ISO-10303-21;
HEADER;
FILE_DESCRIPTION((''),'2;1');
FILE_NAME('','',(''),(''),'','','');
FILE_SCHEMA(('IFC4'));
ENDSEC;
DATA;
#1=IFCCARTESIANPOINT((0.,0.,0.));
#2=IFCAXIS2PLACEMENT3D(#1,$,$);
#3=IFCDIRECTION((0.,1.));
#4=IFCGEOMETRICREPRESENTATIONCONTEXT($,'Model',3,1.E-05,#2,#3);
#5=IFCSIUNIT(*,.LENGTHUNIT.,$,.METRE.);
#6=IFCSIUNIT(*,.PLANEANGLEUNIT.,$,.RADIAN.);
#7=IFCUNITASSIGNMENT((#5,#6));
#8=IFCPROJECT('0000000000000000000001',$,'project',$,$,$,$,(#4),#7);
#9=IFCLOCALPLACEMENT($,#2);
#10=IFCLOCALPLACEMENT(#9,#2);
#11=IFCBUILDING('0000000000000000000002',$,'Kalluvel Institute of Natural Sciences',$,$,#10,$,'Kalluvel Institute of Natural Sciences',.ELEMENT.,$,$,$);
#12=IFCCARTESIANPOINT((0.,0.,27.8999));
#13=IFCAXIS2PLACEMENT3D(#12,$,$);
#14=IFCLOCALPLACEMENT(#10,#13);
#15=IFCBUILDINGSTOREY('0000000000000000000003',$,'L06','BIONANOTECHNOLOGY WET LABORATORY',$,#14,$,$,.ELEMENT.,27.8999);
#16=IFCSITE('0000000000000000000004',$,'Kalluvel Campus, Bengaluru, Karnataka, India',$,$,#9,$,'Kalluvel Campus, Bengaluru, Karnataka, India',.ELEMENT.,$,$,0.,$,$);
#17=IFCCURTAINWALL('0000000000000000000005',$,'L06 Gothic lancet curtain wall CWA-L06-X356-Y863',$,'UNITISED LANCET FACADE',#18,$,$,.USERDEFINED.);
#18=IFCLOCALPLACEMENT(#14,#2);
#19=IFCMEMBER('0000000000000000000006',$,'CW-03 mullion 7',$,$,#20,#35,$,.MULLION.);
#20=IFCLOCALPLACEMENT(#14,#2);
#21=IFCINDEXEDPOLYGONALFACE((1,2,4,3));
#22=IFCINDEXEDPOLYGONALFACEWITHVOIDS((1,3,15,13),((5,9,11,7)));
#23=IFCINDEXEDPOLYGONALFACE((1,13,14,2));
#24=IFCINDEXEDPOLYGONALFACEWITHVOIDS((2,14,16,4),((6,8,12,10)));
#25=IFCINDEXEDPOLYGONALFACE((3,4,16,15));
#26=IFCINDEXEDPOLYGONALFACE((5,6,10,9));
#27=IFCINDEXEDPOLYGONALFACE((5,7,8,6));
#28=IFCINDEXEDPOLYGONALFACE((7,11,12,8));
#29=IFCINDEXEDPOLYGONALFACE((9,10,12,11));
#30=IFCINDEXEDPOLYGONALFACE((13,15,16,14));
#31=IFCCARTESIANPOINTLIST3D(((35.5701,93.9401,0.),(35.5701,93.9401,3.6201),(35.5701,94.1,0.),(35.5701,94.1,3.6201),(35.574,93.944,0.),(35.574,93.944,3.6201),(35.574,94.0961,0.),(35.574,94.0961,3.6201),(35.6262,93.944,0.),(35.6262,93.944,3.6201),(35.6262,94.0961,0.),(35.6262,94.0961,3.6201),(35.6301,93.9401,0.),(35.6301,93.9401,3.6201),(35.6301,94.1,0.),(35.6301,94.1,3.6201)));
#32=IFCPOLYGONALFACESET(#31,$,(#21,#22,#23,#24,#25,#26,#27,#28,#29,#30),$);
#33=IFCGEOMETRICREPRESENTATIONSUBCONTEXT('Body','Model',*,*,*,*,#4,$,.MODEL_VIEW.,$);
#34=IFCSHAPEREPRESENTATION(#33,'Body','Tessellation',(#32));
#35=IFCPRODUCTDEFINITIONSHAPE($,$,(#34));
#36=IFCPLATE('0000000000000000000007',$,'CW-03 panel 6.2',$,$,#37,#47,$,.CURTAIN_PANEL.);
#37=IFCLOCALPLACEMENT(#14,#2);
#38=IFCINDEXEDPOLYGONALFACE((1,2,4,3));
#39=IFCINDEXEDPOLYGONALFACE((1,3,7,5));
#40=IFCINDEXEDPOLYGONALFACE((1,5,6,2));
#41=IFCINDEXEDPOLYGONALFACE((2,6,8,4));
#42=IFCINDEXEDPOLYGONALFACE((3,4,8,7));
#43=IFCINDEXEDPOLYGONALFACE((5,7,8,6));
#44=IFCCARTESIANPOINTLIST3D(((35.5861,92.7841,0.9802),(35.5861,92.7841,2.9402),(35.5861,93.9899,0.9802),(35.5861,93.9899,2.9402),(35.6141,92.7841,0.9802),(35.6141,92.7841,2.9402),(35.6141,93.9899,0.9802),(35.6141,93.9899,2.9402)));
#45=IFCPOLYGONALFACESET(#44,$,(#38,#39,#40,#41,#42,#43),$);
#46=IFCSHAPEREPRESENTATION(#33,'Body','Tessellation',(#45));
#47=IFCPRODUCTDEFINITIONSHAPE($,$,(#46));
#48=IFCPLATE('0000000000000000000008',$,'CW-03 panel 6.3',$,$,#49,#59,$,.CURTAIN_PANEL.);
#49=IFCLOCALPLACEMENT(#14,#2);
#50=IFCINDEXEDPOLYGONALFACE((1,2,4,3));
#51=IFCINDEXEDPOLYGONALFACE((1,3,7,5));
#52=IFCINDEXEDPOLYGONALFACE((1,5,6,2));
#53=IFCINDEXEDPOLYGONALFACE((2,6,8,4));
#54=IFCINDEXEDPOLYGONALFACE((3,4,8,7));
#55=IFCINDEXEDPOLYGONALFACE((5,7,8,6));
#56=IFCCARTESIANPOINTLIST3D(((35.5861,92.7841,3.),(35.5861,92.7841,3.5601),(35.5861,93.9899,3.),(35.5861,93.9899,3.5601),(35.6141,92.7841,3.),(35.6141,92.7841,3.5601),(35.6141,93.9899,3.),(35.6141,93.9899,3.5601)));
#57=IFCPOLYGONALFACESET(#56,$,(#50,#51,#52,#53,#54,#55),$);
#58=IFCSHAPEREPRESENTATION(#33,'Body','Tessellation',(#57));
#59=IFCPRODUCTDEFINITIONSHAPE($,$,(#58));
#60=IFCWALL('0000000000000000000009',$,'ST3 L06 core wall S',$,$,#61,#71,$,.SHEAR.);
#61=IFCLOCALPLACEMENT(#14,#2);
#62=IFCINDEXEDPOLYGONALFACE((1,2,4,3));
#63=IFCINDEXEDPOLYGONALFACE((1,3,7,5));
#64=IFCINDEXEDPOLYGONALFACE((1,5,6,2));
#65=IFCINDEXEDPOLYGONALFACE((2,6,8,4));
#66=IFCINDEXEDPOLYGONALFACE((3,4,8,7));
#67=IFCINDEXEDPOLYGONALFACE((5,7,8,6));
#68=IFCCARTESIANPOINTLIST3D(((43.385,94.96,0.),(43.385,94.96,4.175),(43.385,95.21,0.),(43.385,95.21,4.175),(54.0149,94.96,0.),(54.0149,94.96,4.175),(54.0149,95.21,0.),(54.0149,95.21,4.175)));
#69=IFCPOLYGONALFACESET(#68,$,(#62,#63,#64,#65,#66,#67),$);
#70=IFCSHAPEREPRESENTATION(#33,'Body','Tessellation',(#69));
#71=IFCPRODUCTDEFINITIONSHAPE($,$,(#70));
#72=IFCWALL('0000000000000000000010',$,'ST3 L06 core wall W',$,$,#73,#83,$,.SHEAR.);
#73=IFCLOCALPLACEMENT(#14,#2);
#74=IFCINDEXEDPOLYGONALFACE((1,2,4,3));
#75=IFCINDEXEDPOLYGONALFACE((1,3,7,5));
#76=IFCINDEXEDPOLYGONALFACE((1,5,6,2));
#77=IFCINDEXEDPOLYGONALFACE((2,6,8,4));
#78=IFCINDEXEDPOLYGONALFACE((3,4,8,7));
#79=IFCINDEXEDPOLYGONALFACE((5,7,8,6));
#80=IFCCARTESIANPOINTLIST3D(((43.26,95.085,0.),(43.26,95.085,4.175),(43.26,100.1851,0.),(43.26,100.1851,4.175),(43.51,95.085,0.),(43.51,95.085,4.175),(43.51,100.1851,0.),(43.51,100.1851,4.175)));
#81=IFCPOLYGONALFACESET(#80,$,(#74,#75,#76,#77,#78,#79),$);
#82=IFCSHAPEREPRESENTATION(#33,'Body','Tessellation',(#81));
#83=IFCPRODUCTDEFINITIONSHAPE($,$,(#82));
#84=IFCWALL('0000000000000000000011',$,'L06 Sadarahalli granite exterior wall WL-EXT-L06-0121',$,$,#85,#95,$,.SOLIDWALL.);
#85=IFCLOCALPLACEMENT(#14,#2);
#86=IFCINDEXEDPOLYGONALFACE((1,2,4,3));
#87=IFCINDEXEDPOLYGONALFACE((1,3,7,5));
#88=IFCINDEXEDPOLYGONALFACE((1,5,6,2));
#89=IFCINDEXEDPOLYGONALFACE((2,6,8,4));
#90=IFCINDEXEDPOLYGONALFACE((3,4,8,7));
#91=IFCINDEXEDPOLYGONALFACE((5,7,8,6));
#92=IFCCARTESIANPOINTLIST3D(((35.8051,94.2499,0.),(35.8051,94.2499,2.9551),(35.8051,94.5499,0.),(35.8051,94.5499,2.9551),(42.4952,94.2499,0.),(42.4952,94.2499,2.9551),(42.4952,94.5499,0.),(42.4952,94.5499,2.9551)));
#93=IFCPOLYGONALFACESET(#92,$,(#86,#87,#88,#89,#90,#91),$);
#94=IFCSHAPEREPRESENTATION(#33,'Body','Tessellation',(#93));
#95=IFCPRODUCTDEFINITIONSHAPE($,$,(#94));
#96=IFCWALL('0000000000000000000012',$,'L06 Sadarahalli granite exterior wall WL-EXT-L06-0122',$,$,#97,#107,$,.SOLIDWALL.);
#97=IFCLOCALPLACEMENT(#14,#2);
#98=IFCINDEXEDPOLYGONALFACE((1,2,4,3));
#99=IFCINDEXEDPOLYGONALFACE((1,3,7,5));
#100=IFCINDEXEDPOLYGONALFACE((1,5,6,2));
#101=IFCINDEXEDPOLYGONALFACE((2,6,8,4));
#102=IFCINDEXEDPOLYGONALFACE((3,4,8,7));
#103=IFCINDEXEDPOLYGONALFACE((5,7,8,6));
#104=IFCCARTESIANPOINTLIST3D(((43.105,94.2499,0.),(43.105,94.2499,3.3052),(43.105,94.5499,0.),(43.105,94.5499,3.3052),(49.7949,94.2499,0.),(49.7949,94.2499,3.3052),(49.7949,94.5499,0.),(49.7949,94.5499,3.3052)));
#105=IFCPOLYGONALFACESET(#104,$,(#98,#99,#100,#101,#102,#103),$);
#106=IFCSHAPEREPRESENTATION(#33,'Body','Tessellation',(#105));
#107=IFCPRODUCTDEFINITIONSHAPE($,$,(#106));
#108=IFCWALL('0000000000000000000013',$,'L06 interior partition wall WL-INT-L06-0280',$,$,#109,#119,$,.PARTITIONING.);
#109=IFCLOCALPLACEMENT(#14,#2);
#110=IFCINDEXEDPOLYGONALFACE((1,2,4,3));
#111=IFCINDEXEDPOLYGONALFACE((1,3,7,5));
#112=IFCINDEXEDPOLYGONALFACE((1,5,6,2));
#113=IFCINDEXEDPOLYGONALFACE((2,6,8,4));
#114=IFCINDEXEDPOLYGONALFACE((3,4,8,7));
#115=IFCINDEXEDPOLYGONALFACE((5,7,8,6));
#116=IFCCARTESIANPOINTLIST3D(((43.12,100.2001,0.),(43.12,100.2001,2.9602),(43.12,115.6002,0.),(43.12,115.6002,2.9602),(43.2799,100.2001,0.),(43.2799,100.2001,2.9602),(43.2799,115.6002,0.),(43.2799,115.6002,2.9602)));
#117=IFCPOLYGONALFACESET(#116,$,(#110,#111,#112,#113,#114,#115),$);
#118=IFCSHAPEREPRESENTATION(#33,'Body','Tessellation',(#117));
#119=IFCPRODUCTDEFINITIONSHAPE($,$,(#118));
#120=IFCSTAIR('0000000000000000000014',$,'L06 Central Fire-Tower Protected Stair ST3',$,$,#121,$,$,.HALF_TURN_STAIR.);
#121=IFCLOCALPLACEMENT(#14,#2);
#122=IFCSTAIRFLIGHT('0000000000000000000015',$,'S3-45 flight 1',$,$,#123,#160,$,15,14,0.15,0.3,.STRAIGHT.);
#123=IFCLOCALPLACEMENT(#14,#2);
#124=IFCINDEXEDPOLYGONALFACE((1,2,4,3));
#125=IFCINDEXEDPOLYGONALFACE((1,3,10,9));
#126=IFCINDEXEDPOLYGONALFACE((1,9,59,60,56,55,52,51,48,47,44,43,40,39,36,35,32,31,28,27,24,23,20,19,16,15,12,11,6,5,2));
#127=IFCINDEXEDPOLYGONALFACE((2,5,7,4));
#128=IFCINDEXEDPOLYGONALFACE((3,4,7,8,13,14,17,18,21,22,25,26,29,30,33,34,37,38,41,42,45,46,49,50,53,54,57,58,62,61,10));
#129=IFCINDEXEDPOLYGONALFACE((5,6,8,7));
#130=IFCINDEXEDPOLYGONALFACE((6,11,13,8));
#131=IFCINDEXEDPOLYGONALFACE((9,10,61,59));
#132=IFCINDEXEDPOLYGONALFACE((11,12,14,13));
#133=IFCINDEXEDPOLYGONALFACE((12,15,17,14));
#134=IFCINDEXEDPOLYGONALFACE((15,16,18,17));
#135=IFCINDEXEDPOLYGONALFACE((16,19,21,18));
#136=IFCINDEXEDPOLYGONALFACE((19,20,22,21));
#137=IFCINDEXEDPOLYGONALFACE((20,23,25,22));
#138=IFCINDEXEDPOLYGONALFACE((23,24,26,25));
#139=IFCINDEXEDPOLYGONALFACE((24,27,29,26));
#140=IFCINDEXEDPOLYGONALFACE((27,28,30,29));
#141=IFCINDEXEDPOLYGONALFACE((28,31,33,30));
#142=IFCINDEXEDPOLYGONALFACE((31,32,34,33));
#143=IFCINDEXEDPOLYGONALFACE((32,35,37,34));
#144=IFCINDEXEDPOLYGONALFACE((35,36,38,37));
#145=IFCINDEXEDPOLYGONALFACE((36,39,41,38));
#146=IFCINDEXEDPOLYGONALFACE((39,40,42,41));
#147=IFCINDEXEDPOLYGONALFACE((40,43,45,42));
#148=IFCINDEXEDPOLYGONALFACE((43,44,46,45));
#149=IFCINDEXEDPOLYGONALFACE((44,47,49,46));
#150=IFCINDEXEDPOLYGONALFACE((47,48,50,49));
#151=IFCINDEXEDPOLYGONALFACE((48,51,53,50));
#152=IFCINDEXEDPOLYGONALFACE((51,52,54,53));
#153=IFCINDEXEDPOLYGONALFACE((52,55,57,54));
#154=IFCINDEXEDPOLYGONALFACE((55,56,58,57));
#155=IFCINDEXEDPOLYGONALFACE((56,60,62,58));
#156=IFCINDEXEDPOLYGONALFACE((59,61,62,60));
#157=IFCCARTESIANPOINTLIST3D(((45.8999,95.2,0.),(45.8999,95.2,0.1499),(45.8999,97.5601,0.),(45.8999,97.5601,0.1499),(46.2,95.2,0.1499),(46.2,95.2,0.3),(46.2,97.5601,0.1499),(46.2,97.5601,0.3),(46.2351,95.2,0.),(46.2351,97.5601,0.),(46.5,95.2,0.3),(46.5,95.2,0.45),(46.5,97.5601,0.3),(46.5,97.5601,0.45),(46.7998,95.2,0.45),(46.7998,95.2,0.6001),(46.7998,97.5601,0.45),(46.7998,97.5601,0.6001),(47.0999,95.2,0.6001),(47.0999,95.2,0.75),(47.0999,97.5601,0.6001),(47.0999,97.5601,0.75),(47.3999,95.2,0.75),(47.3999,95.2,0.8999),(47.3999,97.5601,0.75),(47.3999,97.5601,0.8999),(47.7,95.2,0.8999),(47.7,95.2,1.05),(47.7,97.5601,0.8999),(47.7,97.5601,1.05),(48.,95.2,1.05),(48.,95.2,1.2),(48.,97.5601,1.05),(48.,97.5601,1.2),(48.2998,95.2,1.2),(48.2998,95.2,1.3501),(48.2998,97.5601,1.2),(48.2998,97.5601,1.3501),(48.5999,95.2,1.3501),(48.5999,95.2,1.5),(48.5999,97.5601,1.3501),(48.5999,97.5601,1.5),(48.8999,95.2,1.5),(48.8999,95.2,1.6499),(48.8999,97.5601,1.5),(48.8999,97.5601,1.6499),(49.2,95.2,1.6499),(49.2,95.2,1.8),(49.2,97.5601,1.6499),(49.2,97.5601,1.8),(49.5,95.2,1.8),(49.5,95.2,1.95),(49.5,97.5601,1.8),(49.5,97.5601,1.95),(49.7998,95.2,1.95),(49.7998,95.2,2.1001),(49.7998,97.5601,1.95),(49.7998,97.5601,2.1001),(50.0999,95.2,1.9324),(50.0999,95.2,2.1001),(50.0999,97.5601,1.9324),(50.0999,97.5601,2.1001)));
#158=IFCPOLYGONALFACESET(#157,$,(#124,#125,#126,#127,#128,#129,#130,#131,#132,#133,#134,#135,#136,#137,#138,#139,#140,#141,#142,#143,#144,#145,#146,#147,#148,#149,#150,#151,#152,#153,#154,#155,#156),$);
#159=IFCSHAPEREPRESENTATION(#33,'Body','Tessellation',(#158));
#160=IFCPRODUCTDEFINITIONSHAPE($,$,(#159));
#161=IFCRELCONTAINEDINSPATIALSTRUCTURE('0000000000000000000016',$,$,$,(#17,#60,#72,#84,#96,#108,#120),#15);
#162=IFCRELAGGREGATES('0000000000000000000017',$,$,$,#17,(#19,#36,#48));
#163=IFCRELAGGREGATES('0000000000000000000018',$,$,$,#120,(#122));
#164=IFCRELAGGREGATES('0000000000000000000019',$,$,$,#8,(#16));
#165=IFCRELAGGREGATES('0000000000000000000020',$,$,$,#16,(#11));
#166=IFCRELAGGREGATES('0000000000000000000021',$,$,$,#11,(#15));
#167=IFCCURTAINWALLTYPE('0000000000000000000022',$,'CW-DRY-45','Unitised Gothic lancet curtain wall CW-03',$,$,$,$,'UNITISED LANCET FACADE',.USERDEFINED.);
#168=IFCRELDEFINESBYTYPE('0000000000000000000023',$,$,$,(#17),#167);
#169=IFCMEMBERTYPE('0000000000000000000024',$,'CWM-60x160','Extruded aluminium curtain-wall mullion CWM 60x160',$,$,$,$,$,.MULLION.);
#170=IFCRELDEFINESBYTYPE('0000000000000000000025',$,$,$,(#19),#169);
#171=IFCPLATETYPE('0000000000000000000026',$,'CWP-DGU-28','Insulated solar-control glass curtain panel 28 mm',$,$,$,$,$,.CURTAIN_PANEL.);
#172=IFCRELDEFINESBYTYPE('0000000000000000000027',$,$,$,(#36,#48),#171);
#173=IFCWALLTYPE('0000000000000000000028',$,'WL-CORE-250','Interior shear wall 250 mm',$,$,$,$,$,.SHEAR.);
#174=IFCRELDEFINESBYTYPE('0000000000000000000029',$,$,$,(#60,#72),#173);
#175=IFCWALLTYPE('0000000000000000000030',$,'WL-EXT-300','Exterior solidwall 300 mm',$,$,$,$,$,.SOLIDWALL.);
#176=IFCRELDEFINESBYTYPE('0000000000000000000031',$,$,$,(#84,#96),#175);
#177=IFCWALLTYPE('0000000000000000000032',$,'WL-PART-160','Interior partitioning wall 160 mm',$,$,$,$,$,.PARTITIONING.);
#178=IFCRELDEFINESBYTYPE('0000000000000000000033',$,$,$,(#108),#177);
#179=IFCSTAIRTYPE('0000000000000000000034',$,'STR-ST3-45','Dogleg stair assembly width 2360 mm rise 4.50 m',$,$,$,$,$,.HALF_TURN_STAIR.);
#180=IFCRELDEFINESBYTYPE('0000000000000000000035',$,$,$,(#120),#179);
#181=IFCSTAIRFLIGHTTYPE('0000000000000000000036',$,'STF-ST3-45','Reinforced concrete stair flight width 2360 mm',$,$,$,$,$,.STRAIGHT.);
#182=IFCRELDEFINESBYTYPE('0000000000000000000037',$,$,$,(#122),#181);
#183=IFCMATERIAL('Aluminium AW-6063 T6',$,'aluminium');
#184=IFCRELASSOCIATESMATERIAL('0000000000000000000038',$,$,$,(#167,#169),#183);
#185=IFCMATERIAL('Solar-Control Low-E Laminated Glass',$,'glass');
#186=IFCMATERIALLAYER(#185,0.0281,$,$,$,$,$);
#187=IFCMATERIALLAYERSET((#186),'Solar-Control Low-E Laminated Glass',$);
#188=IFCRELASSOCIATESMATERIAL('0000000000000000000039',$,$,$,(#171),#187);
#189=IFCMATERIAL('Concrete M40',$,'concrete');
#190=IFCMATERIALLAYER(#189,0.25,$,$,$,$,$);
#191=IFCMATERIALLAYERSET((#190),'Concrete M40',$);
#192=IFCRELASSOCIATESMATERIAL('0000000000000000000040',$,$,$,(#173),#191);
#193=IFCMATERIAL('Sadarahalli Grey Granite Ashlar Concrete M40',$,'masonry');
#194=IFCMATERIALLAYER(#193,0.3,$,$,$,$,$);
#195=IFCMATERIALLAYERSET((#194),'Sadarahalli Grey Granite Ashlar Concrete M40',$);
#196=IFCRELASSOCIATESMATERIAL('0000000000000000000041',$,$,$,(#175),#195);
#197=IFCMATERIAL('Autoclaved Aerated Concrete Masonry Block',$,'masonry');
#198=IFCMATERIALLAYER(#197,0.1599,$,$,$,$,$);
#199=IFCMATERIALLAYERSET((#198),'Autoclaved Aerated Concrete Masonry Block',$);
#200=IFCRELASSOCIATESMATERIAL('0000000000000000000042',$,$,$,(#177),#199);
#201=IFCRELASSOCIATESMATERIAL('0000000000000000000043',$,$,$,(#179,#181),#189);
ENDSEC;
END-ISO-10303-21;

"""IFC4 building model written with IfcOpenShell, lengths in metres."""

from ifc_helpers import new_model, si_unit, direction, frame, frame_2d, origin, origin_2d, place, context, subcontext, project, spatial, polyline, rectangle, hollow_rectangle, outline, extrude, material, layer, layer_set, material_profile, profile_set, type_object, element, aggregate, save


model = new_model("IFC4")

# Units and contexts
model_context = context("Model", 3, precision=1e-05, world=origin(), true_north=direction((0.0, 1.0)))
body_context = subcontext(model_context, "Body", "Model", "MODEL_VIEW")
ifc_project = project(units=[si_unit("LENGTHUNIT", "METRE"), si_unit("PLANEANGLEUNIT", "RADIAN")], contexts=[model_context])

# Site, building, storey
site_placement = place(None, origin())
site = spatial("IfcSite", under=ifc_project, at=site_placement, Name="Kalluvel Campus, Bengaluru, Karnataka, India", LongName="Kalluvel Campus, Bengaluru, Karnataka, India", CompositionType="ELEMENT", RefElevation=0.0)
building_placement = place(site_placement, origin())
building = spatial("IfcBuilding", under=site, at=building_placement, Name="Kalluvel Institute of Natural Sciences", LongName="Kalluvel Institute of Natural Sciences", CompositionType="ELEMENT")
storey_placement = place(building_placement, frame((0.0, 0.0, 27.8999)))
storey = spatial("IfcBuildingStorey", under=building, at=storey_placement, Name="L06", Description="BIONANOTECHNOLOGY WET LABORATORY", CompositionType="ELEMENT", Elevation=27.8999)

# Shared definitions
ifc_material_1 = material(Name="Concrete M40", Category="concrete")

# Curtain wall, member, plates
ifc_material_2 = material(Name="Aluminium AW-6063 T6", Category="aluminium")
curtain_wall_type = type_object("IfcCurtainWallType", Name="CW-DRY-45", Description="Unitised Gothic lancet curtain wall CW-03", ElementType="UNITISED LANCET FACADE", PredefinedType="USERDEFINED", material=ifc_material_2)
curtain_wall_placement = place(storey_placement, origin())
curtain_wall = element("IfcCurtainWall", 1, at=curtain_wall_placement, inside=storey, type_object=curtain_wall_type, Name="L06 Gothic lancet curtain wall CWA-L06-X356-Y863", ObjectType="UNITISED LANCET FACADE", PredefinedType="USERDEFINED")
ifc_material_profile_1 = material_profile(ifc_material_2, hollow_rectangle(XDim=0.0601, YDim=0.1599, WallThickness=0.0039, at=origin_2d()), Name="CWM 60x160")
ifc_profile_set_1 = profile_set([ifc_material_profile_1], Name="Aluminium AW-6063 T6")
member_type = type_object("IfcMemberType", Name="CWM-60x160", Description="Extruded aluminium curtain-wall mullion CWM 60x160", PredefinedType="MULLION", material=ifc_profile_set_1)
member_placement = place(storey_placement, frame((35.6001, 94.02, 0.0), z_axis=(0.0, 0.0, 1.0), x_axis=(-1.0, 0.0, 0.0)))
member = element("IfcMember", 2, at=member_placement, type_object=member_type, Name="CW-03 mullion 7", PredefinedType="MULLION", context=body_context, shape_type="SweptSolid", body=[
    extrude(hollow_rectangle(XDim=0.0601, YDim=0.1599, WallThickness=0.0039, at=origin_2d()), origin(), (0.0, 0.0, 1.0), 3.6201),
])
ifc_material_3 = material(Name="Solar-Control Low-E Laminated Glass", Category="glass")
ifc_layer_1 = layer(ifc_material_3, 0.0281)
ifc_layer_set_1 = layer_set([ifc_layer_1], Name="Solar-Control Low-E Laminated Glass")
plate_type = type_object("IfcPlateType", Name="CWP-DGU-28", Description="Insulated solar-control glass curtain panel 28 mm", PredefinedType="CURTAIN_PANEL", material=ifc_layer_set_1)
plate_1_placement = place(storey_placement, frame((35.6001, 93.387, 0.9802), z_axis=(0.0, 0.0, 1.0), x_axis=(0.0, 1.0, 0.0)))
plate_1 = element("IfcPlate", 3, at=plate_1_placement, type_object=plate_type, Name="CW-03 panel 6.2", PredefinedType="CURTAIN_PANEL", context=body_context, shape_type="SweptSolid", body=[
    extrude(rectangle(XDim=1.2058, YDim=0.0281, at=origin_2d()), origin(), (0.0, 0.0, 1.0), 1.96),
])
plate_2_placement = place(storey_placement, frame((35.6001, 93.387, 3.0), z_axis=(0.0, 0.0, 1.0), x_axis=(0.0, 1.0, 0.0)))
plate_2 = element("IfcPlate", 4, at=plate_2_placement, type_object=plate_type, Name="CW-03 panel 6.3", PredefinedType="CURTAIN_PANEL", context=body_context, shape_type="SweptSolid", body=[
    extrude(rectangle(XDim=1.2058, YDim=0.0281, at=origin_2d()), origin(), (0.0, 0.0, 1.0), 0.5601),
])
aggregate(curtain_wall, [member, plate_1, plate_2])

# Walls
ifc_layer_2 = layer(ifc_material_1, 0.25)
ifc_layer_set_2 = layer_set([ifc_layer_2], Name="Concrete M40")
wall_type_1 = type_object("IfcWallType", Name="WL-CORE-250", Description="Interior shear wall 250 mm", PredefinedType="SHEAR", material=ifc_layer_set_2)
wall_1_placement = place(storey_placement, frame((43.385, 95.085, 0.0), z_axis=(0.0, 0.0, 1.0), x_axis=(1.0, 0.0, 0.0)))
element("IfcWall", 5, at=wall_1_placement, inside=storey, type_object=wall_type_1, Name="ST3 L06 core wall S", PredefinedType="SHEAR", context=body_context, shape_type="SweptSolid", body=[
    extrude(rectangle(XDim=10.6299, YDim=0.25, at=frame_2d((5.3149, 0.0))), origin(), (0.0, 0.0, 1.0), 4.175),
])
wall_2_placement = place(storey_placement, frame((43.385, 100.1851, 0.0), z_axis=(0.0, 0.0, 1.0), x_axis=(0.0, -1.0, 0.0)))
element("IfcWall", 6, at=wall_2_placement, inside=storey, type_object=wall_type_1, Name="ST3 L06 core wall W", PredefinedType="SHEAR", context=body_context, shape_type="SweptSolid", body=[
    extrude(rectangle(XDim=5.1001, YDim=0.25, at=frame_2d((2.55, 0.0))), origin(), (0.0, 0.0, 1.0), 4.175),
])
ifc_material_4 = material(Name="Sadarahalli Grey Granite Ashlar Concrete M40", Category="masonry")
ifc_layer_3 = layer(ifc_material_4, 0.3)
ifc_layer_set_3 = layer_set([ifc_layer_3], Name="Sadarahalli Grey Granite Ashlar Concrete M40")
wall_type_2 = type_object("IfcWallType", Name="WL-EXT-300", Description="Exterior solidwall 300 mm", PredefinedType="SOLIDWALL", material=ifc_layer_set_3)
wall_3_placement = place(storey_placement, frame((35.8049, 94.3999, 0.0), z_axis=(0.0, 0.0, 1.0), x_axis=(1.0, 0.0, 0.0)))
element("IfcWall", 7, at=wall_3_placement, inside=storey, type_object=wall_type_2, Name="L06 Sadarahalli granite exterior wall WL-EXT-L06-0121", PredefinedType="SOLIDWALL", context=body_context, shape_type="SweptSolid", body=[
    extrude(rectangle(XDim=6.6902, YDim=0.3, at=frame_2d((3.3452, 0.0))), origin(), (0.0, 0.0, 1.0), 2.9551),
])
wall_4_placement = place(storey_placement, frame((43.105, 94.3999, 0.0), z_axis=(0.0, 0.0, 1.0), x_axis=(1.0, 0.0, 0.0)))
element("IfcWall", 8, at=wall_4_placement, inside=storey, type_object=wall_type_2, Name="L06 Sadarahalli granite exterior wall WL-EXT-L06-0122", PredefinedType="SOLIDWALL", context=body_context, shape_type="SweptSolid", body=[
    extrude(rectangle(XDim=6.6899, YDim=0.3, at=frame_2d((3.345, 0.0))), origin(), (0.0, 0.0, 1.0), 3.3052),
])
ifc_material_5 = material(Name="Autoclaved Aerated Concrete Masonry Block", Category="masonry")
ifc_layer_4 = layer(ifc_material_5, 0.1599)
ifc_layer_set_4 = layer_set([ifc_layer_4], Name="Autoclaved Aerated Concrete Masonry Block")
wall_type_3 = type_object("IfcWallType", Name="WL-PART-160", Description="Interior partitioning wall 160 mm", PredefinedType="PARTITIONING", material=ifc_layer_set_4)
wall_5_placement = place(storey_placement, frame((43.2, 100.2, 0.0), z_axis=(0.0, 0.0, 1.0), x_axis=(0.0, 1.0, 0.0)))
element("IfcWall", 9, at=wall_5_placement, inside=storey, type_object=wall_type_3, Name="L06 interior partition wall WL-INT-L06-0280", PredefinedType="PARTITIONING", context=body_context, shape_type="SweptSolid", body=[
    extrude(rectangle(XDim=15.4001, YDim=0.1599, at=frame_2d((7.7002, 0.0))), origin(), (0.0, 0.0, 1.0), 2.9602),
])

# Stair, stair flight
stair_type = type_object("IfcStairType", Name="STR-ST3-45", Description="Dogleg stair assembly width 2360 mm rise 4.50 m", PredefinedType="HALF_TURN_STAIR", material=ifc_material_1)
stair_placement = place(storey_placement, origin())
stair = element("IfcStair", 10, at=stair_placement, inside=storey, type_object=stair_type, Name="L06 Central Fire-Tower Protected Stair ST3", PredefinedType="HALF_TURN_STAIR")
stair_flight_type = type_object("IfcStairFlightType", Name="STF-ST3-45", Description="Reinforced concrete stair flight width 2360 mm", PredefinedType="STRAIGHT", material=ifc_material_1)
stair_flight_1_placement = place(storey_placement, frame((45.8999, 96.3799, 0.0), z_axis=(0.0, 0.0, 1.0), x_axis=(1.0, 0.0, 0.0)))
stair_flight_1 = element("IfcStairFlight", 11, at=stair_flight_1_placement, type_object=stair_flight_type, Name="S3-45 flight 1", NumberOfRisers=15, NumberOfTreads=14, PredefinedType="STRAIGHT", RiserHeight=0.15, TreadLength=0.3, context=body_context, shape_type="SweptSolid", body=[
    extrude(outline(polyline([(0.0, 0.0), (0.0, 0.1499), (0.3, 0.1499), (0.3, 0.3), (0.6001, 0.3), (0.6001, 0.45), (0.8999, 0.45), (0.8999, 0.6001), (1.2, 0.6001), (1.2, 0.75), (1.5, 0.75), (1.5, 0.8999), (1.8, 0.8999), (1.8, 1.05), (2.1001, 1.05), (2.1001, 1.2), (2.3999, 1.2), (2.3999, 1.3501), (2.7, 1.3501), (2.7, 1.5), (3.0, 1.5), (3.0, 1.6499), (3.3, 1.6499), (3.3, 1.8), (3.6001, 1.8), (3.6001, 1.95), (3.8999, 1.95), (3.8999, 2.1001), (4.2, 2.1001), (4.2, 2.25), (4.2, 1.9324), (0.3352, 0.0), (0.0, 0.0)])), frame((0.0, 1.1802, 0.0), z_axis=(0.0, -1.0, 0.0), x_axis=(1.0, 0.0, 0.0)), (0.0, 0.0, 1.0), 2.3601),
])
aggregate(stair, [stair_flight_1])

save(model, "model.ifc")
